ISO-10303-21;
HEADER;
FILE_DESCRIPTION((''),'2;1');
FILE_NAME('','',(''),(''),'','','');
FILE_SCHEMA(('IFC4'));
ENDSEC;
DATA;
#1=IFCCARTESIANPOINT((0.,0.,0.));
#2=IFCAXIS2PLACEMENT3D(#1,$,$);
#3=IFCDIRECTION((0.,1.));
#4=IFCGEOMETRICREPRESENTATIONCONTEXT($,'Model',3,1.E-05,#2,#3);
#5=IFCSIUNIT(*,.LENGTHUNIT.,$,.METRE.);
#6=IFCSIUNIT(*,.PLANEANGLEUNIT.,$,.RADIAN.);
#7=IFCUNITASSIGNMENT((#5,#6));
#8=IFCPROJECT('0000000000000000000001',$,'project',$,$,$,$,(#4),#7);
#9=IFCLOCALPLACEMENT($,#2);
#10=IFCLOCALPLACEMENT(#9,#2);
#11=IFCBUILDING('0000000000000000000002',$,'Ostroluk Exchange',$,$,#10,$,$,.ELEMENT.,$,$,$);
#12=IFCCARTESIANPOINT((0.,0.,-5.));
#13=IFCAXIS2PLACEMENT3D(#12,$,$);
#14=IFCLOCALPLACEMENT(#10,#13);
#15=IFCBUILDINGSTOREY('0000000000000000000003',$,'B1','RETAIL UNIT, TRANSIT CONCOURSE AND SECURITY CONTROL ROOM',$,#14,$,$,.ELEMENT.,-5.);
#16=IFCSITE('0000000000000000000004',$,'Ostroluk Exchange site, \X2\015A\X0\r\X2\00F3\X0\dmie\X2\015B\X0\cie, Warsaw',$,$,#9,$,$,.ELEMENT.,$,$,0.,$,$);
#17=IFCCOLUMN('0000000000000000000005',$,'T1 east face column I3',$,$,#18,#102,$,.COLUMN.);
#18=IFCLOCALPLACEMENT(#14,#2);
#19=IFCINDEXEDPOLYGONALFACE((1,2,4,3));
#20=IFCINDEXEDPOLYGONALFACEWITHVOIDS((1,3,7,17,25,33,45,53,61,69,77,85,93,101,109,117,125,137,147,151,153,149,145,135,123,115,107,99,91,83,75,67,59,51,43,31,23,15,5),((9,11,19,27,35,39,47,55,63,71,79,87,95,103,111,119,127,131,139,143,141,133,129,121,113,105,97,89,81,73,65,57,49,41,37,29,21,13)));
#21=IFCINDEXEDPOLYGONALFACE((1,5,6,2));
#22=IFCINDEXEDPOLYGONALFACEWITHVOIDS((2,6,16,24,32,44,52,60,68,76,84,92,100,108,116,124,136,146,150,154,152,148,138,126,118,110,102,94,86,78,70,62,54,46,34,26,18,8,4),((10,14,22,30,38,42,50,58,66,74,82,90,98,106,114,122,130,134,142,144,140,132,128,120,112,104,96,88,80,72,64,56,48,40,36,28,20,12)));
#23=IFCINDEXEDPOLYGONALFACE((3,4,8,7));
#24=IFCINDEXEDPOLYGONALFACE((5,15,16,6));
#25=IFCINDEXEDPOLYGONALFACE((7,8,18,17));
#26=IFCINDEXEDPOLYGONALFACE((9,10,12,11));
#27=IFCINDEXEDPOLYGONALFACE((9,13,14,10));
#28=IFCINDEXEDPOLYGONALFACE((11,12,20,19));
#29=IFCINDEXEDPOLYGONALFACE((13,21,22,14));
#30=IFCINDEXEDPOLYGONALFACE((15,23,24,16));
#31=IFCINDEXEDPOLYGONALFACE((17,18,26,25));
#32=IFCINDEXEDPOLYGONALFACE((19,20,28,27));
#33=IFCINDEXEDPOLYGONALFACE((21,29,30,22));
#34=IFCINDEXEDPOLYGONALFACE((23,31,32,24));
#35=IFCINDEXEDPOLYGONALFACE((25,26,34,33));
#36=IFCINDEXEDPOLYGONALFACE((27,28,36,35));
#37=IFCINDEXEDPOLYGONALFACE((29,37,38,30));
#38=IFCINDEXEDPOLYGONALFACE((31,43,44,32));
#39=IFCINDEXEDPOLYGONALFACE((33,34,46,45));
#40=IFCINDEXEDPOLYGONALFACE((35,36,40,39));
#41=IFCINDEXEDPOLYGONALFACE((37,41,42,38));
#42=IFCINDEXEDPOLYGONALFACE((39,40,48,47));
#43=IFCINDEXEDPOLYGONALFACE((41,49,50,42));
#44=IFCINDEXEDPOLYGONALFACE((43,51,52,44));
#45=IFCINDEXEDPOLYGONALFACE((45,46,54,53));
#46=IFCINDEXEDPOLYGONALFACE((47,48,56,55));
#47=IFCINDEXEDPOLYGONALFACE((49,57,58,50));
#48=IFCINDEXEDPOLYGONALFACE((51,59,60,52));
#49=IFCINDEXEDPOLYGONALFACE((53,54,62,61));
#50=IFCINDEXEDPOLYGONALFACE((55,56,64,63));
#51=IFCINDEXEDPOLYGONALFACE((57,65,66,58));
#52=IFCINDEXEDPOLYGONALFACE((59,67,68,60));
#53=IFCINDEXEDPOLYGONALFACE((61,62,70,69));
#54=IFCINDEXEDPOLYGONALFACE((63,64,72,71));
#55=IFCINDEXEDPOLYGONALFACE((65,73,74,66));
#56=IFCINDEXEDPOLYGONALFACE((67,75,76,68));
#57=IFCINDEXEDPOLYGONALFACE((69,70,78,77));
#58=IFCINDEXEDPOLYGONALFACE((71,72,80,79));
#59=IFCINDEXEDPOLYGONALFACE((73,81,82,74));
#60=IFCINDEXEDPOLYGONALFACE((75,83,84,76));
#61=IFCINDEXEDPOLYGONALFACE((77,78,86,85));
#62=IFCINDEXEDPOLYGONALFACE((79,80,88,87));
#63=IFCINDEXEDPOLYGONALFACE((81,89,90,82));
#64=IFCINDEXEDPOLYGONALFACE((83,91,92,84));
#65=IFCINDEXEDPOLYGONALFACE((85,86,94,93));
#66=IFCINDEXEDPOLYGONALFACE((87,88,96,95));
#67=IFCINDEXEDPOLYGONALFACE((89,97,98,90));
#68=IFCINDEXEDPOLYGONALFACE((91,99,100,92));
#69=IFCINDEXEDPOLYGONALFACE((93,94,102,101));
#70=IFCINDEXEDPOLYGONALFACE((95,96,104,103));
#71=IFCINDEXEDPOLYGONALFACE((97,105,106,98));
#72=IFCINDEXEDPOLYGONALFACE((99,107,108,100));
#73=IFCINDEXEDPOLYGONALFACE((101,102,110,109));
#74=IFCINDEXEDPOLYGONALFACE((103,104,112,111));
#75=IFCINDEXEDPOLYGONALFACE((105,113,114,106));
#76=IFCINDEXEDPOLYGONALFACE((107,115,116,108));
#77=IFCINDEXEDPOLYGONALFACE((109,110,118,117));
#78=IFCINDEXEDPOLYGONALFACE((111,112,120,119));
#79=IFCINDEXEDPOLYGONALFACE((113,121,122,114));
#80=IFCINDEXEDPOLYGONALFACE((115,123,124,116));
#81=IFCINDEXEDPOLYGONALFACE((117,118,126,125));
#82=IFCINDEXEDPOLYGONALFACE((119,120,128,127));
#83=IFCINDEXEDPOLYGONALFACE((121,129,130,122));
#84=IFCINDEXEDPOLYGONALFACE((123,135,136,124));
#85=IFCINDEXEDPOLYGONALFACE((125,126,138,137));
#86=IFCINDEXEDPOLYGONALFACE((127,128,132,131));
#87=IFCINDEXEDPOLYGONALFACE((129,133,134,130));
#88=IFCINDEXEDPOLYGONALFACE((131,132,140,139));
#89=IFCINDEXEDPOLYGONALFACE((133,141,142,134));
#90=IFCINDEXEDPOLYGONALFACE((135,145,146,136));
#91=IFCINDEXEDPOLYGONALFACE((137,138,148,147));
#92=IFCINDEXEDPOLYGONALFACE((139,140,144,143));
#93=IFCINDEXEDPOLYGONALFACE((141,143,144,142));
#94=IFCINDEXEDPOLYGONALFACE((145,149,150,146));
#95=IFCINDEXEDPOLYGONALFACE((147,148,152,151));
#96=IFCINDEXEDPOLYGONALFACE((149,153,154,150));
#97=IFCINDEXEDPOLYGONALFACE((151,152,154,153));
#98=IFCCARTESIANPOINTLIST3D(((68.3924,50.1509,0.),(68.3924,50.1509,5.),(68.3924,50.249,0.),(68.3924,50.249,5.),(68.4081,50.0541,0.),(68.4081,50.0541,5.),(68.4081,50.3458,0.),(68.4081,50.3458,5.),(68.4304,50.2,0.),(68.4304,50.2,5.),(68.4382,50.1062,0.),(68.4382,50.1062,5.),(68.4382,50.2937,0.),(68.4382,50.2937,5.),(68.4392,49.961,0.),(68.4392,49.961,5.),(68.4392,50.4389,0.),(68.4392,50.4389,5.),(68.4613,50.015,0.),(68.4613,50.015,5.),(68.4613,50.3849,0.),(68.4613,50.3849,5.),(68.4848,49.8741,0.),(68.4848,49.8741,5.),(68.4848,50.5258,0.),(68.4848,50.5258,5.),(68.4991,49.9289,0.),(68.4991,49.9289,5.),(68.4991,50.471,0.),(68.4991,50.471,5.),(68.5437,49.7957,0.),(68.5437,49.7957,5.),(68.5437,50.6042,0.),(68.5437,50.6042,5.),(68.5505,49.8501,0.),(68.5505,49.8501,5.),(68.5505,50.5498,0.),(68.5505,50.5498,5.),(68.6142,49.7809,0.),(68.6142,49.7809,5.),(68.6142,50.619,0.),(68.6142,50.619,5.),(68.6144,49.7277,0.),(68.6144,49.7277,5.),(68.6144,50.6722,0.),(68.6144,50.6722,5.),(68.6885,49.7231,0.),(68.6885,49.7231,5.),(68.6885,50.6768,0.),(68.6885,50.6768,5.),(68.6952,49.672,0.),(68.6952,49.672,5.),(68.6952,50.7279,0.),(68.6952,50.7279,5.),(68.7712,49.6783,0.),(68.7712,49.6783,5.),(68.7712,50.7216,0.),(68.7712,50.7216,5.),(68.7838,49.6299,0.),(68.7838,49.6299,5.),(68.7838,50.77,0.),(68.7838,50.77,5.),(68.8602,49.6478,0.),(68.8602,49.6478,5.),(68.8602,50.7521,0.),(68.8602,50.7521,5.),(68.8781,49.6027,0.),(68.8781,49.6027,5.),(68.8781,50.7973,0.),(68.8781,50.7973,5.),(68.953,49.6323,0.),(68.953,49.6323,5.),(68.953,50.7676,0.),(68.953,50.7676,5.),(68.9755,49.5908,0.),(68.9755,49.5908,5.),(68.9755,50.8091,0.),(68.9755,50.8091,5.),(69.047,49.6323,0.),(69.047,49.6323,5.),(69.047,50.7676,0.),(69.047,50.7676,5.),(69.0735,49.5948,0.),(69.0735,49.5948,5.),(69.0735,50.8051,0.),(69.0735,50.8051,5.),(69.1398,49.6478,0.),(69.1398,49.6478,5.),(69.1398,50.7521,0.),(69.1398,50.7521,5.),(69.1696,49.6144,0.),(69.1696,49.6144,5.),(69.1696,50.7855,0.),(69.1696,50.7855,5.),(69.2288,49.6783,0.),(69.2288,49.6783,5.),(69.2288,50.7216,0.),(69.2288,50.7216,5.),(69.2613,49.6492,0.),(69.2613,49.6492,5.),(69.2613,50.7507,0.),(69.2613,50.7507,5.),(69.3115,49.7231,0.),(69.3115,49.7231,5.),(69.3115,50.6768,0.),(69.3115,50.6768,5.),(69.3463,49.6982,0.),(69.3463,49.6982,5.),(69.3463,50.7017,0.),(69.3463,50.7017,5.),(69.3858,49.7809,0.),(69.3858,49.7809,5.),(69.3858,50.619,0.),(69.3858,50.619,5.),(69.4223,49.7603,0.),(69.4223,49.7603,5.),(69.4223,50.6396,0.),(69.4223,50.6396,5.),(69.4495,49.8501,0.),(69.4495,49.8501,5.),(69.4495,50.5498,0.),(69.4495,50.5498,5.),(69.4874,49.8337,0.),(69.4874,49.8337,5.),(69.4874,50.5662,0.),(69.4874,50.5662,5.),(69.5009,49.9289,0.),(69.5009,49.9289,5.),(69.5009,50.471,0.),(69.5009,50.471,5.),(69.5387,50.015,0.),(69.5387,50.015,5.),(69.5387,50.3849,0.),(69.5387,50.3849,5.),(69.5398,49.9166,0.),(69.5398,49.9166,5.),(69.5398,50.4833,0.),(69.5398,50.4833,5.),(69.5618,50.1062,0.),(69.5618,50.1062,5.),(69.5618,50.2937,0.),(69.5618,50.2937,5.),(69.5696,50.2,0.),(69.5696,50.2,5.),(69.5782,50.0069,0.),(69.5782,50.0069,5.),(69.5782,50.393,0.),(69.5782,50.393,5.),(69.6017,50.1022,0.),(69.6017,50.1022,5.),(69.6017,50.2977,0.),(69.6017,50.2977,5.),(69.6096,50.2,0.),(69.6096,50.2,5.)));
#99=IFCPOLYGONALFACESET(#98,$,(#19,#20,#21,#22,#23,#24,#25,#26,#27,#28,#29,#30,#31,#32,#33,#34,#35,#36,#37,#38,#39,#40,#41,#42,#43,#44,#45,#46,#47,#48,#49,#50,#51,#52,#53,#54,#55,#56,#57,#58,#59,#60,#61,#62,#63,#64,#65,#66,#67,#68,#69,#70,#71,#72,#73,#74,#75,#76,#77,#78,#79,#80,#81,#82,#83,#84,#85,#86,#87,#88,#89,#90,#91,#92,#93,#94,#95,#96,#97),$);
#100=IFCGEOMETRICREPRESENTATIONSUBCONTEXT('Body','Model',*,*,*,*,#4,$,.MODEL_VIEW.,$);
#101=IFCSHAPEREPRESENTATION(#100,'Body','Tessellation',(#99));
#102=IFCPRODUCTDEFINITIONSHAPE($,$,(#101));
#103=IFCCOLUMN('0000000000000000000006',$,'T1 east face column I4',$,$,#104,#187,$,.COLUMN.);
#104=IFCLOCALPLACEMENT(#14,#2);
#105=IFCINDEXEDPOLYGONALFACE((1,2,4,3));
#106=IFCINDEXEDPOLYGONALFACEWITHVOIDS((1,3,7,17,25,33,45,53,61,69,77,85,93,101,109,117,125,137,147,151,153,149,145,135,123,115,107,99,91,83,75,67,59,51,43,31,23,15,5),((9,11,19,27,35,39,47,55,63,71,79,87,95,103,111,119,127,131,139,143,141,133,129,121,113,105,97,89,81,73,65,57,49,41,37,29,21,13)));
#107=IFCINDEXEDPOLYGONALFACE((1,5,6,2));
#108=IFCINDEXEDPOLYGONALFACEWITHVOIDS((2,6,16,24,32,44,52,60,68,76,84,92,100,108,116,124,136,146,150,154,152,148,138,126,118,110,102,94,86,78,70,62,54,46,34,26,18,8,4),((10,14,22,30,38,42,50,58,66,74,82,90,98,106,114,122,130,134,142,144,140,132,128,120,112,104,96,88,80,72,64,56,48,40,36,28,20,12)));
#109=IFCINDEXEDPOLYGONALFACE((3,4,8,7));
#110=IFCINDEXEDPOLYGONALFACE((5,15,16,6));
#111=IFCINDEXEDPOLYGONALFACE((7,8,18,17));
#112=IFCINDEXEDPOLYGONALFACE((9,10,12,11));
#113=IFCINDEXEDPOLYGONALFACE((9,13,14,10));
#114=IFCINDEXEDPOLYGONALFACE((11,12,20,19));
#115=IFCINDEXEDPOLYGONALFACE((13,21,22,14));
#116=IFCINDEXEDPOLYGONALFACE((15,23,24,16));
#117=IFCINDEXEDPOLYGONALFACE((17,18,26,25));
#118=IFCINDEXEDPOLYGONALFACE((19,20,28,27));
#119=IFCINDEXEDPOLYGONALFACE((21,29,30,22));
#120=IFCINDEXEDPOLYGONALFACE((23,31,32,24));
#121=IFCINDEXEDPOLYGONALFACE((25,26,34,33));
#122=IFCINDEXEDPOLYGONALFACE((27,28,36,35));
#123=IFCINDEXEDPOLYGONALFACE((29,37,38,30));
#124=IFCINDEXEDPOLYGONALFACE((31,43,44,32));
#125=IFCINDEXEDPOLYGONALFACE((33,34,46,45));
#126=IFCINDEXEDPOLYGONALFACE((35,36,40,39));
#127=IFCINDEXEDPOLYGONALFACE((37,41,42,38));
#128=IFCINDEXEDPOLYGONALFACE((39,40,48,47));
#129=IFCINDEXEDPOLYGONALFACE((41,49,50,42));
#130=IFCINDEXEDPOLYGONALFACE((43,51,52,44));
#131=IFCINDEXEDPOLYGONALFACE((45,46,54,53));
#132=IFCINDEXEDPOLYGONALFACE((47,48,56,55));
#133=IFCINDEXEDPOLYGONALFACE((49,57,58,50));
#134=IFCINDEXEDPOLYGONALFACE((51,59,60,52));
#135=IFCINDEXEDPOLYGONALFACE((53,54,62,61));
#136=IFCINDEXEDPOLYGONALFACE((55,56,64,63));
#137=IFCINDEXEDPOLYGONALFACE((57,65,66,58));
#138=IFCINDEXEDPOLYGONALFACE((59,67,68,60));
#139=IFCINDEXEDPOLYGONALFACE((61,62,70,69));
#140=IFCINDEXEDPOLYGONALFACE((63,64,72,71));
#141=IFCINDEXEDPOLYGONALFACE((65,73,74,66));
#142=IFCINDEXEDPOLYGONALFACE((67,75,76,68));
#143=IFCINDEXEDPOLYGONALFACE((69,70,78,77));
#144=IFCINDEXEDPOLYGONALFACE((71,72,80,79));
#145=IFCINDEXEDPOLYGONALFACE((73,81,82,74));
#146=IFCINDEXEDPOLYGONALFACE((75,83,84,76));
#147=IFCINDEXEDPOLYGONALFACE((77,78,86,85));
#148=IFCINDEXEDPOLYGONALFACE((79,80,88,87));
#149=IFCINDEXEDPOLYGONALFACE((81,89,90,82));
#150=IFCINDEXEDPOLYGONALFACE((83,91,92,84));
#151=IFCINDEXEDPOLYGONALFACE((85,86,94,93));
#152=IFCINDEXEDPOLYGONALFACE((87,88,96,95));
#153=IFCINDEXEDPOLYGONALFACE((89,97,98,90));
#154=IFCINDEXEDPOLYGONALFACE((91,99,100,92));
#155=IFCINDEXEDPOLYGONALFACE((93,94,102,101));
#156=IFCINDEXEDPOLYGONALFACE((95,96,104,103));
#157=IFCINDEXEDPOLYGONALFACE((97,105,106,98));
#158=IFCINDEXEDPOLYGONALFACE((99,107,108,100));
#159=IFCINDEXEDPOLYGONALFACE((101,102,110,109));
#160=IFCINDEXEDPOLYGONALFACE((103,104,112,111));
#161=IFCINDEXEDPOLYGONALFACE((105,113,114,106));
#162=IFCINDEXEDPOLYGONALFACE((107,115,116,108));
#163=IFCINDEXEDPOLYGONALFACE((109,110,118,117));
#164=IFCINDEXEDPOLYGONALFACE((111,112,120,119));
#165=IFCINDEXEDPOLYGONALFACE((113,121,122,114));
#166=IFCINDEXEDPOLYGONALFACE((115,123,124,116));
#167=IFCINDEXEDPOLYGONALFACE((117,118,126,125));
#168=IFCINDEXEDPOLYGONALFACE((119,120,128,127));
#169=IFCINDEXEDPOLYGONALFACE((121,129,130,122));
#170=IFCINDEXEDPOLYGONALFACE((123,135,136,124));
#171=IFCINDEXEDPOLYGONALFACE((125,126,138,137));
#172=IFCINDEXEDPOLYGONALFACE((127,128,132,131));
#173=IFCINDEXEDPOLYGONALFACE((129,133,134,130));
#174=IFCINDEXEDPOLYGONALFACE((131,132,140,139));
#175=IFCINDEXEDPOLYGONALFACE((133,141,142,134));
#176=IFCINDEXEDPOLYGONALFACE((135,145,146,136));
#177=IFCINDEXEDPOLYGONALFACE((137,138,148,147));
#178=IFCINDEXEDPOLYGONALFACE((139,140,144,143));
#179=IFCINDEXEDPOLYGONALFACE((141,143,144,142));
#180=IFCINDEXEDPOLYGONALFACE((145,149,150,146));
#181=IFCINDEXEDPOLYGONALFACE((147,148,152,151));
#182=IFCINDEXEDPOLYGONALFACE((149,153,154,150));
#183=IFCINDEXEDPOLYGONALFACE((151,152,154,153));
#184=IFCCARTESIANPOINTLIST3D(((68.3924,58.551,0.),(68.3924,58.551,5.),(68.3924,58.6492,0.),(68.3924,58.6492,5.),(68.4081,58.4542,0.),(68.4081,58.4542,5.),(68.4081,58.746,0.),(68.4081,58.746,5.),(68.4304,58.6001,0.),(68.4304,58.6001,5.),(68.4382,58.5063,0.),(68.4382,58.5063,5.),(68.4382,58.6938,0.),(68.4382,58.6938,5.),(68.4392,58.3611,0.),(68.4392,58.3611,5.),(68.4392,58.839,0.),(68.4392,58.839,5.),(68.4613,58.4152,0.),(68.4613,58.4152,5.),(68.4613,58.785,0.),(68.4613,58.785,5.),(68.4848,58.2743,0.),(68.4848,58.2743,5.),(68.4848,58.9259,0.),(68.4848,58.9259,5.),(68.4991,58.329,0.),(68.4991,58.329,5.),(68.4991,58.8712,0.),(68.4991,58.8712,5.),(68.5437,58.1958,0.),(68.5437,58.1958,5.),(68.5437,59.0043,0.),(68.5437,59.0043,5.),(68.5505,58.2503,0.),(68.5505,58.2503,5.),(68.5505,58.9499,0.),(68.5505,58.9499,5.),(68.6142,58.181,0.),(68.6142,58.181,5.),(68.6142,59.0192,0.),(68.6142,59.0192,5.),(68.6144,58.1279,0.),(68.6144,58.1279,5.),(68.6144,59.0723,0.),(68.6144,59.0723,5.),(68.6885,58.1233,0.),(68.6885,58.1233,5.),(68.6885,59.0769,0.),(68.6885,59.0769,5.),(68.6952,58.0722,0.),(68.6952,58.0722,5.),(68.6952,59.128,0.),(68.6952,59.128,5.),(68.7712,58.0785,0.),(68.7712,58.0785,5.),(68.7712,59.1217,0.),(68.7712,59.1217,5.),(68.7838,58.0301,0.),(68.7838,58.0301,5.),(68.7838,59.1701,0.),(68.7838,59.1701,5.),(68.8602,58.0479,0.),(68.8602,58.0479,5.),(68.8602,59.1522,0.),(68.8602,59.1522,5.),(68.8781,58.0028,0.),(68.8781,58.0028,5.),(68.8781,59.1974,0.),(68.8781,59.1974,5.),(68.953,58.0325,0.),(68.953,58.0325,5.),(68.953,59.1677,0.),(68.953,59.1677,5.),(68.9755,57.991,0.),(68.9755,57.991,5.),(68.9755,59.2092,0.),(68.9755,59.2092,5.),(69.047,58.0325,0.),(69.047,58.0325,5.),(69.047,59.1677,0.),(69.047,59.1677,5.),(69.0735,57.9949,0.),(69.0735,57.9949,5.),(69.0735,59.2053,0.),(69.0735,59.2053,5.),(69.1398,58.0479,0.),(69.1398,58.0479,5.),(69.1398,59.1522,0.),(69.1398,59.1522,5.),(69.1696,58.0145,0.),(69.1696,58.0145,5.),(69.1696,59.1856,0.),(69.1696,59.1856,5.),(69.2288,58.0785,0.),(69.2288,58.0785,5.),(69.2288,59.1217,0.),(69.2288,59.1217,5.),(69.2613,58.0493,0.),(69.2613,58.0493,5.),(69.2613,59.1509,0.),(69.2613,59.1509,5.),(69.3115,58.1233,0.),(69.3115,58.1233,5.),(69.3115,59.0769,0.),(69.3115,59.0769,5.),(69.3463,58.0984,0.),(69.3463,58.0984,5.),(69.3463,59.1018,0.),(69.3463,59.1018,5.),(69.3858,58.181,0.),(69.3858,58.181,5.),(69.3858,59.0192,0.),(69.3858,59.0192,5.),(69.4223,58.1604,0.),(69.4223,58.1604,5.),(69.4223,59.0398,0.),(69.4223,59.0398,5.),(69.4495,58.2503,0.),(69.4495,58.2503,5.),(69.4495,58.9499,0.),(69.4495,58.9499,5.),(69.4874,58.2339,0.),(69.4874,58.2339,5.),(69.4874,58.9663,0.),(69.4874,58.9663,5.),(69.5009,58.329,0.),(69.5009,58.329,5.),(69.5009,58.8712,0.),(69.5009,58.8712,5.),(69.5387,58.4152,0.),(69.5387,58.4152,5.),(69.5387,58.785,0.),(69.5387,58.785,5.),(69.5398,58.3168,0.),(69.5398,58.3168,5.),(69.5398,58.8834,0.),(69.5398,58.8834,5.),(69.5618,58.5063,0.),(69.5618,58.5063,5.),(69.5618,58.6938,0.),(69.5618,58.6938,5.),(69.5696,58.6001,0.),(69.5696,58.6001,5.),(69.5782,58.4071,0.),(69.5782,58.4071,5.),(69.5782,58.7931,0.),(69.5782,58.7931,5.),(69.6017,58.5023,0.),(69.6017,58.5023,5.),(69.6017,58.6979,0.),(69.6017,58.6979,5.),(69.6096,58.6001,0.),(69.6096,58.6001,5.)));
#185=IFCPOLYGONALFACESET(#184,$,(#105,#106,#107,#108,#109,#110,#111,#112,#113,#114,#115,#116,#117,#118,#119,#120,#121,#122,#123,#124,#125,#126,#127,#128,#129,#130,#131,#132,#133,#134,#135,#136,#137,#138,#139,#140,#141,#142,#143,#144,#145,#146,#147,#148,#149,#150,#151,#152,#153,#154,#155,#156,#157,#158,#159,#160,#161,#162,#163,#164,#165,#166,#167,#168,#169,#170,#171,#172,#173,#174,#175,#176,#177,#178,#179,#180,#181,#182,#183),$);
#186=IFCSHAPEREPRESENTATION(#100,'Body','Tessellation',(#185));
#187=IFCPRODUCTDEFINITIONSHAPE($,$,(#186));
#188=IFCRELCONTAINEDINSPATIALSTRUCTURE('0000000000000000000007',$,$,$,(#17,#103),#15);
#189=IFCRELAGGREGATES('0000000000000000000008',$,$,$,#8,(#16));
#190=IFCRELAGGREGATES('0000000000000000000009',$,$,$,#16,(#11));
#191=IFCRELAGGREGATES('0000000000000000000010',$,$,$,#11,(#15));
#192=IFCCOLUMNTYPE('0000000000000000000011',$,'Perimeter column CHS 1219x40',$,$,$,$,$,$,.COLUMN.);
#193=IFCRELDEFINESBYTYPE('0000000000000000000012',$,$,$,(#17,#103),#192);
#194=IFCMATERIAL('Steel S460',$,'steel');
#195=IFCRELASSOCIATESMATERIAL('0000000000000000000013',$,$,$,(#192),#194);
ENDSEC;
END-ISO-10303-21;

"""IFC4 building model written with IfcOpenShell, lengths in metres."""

from ifc_helpers import new_model, si_unit, direction, frame, origin, origin_2d, place, context, subcontext, project, spatial, hollow_circle, extrude, material, material_profile, profile_set, type_object, element, save


model = new_model("IFC4")

# Units and contexts
model_context = context("Model", 3, precision=1e-05, world=origin(), true_north=direction((0.0, 1.0)))
body_context = subcontext(model_context, "Body", "Model", "MODEL_VIEW")
ifc_project = project(units=[si_unit("LENGTHUNIT", "METRE"), si_unit("PLANEANGLEUNIT", "RADIAN")], contexts=[model_context])

# Site, building, storey
site_placement = place(None, origin())
site = spatial("IfcSite", under=ifc_project, at=site_placement, Name="Ostroluk Exchange site, Śródmieście, Warsaw", CompositionType="ELEMENT", RefElevation=0.0)
building_placement = place(site_placement, origin())
building = spatial("IfcBuilding", under=site, at=building_placement, Name="Ostroluk Exchange", CompositionType="ELEMENT")
storey_placement = place(building_placement, frame((0.0, 0.0, -5.0)))
storey = spatial("IfcBuildingStorey", under=building, at=storey_placement, Name="B1", Description="RETAIL UNIT, TRANSIT CONCOURSE AND SECURITY CONTROL ROOM", CompositionType="ELEMENT", Elevation=-5.0)

# Columns
ifc_material_1 = material(Name="Steel S460", Category="steel")
ifc_material_profile_1 = material_profile(ifc_material_1, hollow_circle(Radius=0.6096, WallThickness=0.04, at=origin_2d()), Name="CHS 1219x40")
ifc_profile_set_1 = profile_set([ifc_material_profile_1], Name="Steel S460")
column_type = type_object("IfcColumnType", Name="Perimeter column CHS 1219x40", PredefinedType="COLUMN", material=ifc_profile_set_1)
for number, where, z_axis, x_axis, name in (
    (1, (69.0, 50.2, 0.0), (0.0, 0.0, 1.0), (1.0, 0.0, 0.0), "T1 east face column I3"),
    (2, (69.0, 58.6001, 0.0), (0.0, 0.0, 1.0), (1.0, 0.0, 0.0), "T1 east face column I4"),
):
    element("IfcColumn", number, at=place(storey_placement, frame(where, z_axis=z_axis, x_axis=x_axis)), inside=storey, type_object=column_type, Name=name, PredefinedType="COLUMN", context=body_context, shape_type="SweptSolid", body=[
        extrude(hollow_circle(Radius=0.6096, WallThickness=0.04, at=origin_2d()), origin(), (0.0, 0.0, 1.0), 5.0),
    ])

save(model, "model.ifc")
